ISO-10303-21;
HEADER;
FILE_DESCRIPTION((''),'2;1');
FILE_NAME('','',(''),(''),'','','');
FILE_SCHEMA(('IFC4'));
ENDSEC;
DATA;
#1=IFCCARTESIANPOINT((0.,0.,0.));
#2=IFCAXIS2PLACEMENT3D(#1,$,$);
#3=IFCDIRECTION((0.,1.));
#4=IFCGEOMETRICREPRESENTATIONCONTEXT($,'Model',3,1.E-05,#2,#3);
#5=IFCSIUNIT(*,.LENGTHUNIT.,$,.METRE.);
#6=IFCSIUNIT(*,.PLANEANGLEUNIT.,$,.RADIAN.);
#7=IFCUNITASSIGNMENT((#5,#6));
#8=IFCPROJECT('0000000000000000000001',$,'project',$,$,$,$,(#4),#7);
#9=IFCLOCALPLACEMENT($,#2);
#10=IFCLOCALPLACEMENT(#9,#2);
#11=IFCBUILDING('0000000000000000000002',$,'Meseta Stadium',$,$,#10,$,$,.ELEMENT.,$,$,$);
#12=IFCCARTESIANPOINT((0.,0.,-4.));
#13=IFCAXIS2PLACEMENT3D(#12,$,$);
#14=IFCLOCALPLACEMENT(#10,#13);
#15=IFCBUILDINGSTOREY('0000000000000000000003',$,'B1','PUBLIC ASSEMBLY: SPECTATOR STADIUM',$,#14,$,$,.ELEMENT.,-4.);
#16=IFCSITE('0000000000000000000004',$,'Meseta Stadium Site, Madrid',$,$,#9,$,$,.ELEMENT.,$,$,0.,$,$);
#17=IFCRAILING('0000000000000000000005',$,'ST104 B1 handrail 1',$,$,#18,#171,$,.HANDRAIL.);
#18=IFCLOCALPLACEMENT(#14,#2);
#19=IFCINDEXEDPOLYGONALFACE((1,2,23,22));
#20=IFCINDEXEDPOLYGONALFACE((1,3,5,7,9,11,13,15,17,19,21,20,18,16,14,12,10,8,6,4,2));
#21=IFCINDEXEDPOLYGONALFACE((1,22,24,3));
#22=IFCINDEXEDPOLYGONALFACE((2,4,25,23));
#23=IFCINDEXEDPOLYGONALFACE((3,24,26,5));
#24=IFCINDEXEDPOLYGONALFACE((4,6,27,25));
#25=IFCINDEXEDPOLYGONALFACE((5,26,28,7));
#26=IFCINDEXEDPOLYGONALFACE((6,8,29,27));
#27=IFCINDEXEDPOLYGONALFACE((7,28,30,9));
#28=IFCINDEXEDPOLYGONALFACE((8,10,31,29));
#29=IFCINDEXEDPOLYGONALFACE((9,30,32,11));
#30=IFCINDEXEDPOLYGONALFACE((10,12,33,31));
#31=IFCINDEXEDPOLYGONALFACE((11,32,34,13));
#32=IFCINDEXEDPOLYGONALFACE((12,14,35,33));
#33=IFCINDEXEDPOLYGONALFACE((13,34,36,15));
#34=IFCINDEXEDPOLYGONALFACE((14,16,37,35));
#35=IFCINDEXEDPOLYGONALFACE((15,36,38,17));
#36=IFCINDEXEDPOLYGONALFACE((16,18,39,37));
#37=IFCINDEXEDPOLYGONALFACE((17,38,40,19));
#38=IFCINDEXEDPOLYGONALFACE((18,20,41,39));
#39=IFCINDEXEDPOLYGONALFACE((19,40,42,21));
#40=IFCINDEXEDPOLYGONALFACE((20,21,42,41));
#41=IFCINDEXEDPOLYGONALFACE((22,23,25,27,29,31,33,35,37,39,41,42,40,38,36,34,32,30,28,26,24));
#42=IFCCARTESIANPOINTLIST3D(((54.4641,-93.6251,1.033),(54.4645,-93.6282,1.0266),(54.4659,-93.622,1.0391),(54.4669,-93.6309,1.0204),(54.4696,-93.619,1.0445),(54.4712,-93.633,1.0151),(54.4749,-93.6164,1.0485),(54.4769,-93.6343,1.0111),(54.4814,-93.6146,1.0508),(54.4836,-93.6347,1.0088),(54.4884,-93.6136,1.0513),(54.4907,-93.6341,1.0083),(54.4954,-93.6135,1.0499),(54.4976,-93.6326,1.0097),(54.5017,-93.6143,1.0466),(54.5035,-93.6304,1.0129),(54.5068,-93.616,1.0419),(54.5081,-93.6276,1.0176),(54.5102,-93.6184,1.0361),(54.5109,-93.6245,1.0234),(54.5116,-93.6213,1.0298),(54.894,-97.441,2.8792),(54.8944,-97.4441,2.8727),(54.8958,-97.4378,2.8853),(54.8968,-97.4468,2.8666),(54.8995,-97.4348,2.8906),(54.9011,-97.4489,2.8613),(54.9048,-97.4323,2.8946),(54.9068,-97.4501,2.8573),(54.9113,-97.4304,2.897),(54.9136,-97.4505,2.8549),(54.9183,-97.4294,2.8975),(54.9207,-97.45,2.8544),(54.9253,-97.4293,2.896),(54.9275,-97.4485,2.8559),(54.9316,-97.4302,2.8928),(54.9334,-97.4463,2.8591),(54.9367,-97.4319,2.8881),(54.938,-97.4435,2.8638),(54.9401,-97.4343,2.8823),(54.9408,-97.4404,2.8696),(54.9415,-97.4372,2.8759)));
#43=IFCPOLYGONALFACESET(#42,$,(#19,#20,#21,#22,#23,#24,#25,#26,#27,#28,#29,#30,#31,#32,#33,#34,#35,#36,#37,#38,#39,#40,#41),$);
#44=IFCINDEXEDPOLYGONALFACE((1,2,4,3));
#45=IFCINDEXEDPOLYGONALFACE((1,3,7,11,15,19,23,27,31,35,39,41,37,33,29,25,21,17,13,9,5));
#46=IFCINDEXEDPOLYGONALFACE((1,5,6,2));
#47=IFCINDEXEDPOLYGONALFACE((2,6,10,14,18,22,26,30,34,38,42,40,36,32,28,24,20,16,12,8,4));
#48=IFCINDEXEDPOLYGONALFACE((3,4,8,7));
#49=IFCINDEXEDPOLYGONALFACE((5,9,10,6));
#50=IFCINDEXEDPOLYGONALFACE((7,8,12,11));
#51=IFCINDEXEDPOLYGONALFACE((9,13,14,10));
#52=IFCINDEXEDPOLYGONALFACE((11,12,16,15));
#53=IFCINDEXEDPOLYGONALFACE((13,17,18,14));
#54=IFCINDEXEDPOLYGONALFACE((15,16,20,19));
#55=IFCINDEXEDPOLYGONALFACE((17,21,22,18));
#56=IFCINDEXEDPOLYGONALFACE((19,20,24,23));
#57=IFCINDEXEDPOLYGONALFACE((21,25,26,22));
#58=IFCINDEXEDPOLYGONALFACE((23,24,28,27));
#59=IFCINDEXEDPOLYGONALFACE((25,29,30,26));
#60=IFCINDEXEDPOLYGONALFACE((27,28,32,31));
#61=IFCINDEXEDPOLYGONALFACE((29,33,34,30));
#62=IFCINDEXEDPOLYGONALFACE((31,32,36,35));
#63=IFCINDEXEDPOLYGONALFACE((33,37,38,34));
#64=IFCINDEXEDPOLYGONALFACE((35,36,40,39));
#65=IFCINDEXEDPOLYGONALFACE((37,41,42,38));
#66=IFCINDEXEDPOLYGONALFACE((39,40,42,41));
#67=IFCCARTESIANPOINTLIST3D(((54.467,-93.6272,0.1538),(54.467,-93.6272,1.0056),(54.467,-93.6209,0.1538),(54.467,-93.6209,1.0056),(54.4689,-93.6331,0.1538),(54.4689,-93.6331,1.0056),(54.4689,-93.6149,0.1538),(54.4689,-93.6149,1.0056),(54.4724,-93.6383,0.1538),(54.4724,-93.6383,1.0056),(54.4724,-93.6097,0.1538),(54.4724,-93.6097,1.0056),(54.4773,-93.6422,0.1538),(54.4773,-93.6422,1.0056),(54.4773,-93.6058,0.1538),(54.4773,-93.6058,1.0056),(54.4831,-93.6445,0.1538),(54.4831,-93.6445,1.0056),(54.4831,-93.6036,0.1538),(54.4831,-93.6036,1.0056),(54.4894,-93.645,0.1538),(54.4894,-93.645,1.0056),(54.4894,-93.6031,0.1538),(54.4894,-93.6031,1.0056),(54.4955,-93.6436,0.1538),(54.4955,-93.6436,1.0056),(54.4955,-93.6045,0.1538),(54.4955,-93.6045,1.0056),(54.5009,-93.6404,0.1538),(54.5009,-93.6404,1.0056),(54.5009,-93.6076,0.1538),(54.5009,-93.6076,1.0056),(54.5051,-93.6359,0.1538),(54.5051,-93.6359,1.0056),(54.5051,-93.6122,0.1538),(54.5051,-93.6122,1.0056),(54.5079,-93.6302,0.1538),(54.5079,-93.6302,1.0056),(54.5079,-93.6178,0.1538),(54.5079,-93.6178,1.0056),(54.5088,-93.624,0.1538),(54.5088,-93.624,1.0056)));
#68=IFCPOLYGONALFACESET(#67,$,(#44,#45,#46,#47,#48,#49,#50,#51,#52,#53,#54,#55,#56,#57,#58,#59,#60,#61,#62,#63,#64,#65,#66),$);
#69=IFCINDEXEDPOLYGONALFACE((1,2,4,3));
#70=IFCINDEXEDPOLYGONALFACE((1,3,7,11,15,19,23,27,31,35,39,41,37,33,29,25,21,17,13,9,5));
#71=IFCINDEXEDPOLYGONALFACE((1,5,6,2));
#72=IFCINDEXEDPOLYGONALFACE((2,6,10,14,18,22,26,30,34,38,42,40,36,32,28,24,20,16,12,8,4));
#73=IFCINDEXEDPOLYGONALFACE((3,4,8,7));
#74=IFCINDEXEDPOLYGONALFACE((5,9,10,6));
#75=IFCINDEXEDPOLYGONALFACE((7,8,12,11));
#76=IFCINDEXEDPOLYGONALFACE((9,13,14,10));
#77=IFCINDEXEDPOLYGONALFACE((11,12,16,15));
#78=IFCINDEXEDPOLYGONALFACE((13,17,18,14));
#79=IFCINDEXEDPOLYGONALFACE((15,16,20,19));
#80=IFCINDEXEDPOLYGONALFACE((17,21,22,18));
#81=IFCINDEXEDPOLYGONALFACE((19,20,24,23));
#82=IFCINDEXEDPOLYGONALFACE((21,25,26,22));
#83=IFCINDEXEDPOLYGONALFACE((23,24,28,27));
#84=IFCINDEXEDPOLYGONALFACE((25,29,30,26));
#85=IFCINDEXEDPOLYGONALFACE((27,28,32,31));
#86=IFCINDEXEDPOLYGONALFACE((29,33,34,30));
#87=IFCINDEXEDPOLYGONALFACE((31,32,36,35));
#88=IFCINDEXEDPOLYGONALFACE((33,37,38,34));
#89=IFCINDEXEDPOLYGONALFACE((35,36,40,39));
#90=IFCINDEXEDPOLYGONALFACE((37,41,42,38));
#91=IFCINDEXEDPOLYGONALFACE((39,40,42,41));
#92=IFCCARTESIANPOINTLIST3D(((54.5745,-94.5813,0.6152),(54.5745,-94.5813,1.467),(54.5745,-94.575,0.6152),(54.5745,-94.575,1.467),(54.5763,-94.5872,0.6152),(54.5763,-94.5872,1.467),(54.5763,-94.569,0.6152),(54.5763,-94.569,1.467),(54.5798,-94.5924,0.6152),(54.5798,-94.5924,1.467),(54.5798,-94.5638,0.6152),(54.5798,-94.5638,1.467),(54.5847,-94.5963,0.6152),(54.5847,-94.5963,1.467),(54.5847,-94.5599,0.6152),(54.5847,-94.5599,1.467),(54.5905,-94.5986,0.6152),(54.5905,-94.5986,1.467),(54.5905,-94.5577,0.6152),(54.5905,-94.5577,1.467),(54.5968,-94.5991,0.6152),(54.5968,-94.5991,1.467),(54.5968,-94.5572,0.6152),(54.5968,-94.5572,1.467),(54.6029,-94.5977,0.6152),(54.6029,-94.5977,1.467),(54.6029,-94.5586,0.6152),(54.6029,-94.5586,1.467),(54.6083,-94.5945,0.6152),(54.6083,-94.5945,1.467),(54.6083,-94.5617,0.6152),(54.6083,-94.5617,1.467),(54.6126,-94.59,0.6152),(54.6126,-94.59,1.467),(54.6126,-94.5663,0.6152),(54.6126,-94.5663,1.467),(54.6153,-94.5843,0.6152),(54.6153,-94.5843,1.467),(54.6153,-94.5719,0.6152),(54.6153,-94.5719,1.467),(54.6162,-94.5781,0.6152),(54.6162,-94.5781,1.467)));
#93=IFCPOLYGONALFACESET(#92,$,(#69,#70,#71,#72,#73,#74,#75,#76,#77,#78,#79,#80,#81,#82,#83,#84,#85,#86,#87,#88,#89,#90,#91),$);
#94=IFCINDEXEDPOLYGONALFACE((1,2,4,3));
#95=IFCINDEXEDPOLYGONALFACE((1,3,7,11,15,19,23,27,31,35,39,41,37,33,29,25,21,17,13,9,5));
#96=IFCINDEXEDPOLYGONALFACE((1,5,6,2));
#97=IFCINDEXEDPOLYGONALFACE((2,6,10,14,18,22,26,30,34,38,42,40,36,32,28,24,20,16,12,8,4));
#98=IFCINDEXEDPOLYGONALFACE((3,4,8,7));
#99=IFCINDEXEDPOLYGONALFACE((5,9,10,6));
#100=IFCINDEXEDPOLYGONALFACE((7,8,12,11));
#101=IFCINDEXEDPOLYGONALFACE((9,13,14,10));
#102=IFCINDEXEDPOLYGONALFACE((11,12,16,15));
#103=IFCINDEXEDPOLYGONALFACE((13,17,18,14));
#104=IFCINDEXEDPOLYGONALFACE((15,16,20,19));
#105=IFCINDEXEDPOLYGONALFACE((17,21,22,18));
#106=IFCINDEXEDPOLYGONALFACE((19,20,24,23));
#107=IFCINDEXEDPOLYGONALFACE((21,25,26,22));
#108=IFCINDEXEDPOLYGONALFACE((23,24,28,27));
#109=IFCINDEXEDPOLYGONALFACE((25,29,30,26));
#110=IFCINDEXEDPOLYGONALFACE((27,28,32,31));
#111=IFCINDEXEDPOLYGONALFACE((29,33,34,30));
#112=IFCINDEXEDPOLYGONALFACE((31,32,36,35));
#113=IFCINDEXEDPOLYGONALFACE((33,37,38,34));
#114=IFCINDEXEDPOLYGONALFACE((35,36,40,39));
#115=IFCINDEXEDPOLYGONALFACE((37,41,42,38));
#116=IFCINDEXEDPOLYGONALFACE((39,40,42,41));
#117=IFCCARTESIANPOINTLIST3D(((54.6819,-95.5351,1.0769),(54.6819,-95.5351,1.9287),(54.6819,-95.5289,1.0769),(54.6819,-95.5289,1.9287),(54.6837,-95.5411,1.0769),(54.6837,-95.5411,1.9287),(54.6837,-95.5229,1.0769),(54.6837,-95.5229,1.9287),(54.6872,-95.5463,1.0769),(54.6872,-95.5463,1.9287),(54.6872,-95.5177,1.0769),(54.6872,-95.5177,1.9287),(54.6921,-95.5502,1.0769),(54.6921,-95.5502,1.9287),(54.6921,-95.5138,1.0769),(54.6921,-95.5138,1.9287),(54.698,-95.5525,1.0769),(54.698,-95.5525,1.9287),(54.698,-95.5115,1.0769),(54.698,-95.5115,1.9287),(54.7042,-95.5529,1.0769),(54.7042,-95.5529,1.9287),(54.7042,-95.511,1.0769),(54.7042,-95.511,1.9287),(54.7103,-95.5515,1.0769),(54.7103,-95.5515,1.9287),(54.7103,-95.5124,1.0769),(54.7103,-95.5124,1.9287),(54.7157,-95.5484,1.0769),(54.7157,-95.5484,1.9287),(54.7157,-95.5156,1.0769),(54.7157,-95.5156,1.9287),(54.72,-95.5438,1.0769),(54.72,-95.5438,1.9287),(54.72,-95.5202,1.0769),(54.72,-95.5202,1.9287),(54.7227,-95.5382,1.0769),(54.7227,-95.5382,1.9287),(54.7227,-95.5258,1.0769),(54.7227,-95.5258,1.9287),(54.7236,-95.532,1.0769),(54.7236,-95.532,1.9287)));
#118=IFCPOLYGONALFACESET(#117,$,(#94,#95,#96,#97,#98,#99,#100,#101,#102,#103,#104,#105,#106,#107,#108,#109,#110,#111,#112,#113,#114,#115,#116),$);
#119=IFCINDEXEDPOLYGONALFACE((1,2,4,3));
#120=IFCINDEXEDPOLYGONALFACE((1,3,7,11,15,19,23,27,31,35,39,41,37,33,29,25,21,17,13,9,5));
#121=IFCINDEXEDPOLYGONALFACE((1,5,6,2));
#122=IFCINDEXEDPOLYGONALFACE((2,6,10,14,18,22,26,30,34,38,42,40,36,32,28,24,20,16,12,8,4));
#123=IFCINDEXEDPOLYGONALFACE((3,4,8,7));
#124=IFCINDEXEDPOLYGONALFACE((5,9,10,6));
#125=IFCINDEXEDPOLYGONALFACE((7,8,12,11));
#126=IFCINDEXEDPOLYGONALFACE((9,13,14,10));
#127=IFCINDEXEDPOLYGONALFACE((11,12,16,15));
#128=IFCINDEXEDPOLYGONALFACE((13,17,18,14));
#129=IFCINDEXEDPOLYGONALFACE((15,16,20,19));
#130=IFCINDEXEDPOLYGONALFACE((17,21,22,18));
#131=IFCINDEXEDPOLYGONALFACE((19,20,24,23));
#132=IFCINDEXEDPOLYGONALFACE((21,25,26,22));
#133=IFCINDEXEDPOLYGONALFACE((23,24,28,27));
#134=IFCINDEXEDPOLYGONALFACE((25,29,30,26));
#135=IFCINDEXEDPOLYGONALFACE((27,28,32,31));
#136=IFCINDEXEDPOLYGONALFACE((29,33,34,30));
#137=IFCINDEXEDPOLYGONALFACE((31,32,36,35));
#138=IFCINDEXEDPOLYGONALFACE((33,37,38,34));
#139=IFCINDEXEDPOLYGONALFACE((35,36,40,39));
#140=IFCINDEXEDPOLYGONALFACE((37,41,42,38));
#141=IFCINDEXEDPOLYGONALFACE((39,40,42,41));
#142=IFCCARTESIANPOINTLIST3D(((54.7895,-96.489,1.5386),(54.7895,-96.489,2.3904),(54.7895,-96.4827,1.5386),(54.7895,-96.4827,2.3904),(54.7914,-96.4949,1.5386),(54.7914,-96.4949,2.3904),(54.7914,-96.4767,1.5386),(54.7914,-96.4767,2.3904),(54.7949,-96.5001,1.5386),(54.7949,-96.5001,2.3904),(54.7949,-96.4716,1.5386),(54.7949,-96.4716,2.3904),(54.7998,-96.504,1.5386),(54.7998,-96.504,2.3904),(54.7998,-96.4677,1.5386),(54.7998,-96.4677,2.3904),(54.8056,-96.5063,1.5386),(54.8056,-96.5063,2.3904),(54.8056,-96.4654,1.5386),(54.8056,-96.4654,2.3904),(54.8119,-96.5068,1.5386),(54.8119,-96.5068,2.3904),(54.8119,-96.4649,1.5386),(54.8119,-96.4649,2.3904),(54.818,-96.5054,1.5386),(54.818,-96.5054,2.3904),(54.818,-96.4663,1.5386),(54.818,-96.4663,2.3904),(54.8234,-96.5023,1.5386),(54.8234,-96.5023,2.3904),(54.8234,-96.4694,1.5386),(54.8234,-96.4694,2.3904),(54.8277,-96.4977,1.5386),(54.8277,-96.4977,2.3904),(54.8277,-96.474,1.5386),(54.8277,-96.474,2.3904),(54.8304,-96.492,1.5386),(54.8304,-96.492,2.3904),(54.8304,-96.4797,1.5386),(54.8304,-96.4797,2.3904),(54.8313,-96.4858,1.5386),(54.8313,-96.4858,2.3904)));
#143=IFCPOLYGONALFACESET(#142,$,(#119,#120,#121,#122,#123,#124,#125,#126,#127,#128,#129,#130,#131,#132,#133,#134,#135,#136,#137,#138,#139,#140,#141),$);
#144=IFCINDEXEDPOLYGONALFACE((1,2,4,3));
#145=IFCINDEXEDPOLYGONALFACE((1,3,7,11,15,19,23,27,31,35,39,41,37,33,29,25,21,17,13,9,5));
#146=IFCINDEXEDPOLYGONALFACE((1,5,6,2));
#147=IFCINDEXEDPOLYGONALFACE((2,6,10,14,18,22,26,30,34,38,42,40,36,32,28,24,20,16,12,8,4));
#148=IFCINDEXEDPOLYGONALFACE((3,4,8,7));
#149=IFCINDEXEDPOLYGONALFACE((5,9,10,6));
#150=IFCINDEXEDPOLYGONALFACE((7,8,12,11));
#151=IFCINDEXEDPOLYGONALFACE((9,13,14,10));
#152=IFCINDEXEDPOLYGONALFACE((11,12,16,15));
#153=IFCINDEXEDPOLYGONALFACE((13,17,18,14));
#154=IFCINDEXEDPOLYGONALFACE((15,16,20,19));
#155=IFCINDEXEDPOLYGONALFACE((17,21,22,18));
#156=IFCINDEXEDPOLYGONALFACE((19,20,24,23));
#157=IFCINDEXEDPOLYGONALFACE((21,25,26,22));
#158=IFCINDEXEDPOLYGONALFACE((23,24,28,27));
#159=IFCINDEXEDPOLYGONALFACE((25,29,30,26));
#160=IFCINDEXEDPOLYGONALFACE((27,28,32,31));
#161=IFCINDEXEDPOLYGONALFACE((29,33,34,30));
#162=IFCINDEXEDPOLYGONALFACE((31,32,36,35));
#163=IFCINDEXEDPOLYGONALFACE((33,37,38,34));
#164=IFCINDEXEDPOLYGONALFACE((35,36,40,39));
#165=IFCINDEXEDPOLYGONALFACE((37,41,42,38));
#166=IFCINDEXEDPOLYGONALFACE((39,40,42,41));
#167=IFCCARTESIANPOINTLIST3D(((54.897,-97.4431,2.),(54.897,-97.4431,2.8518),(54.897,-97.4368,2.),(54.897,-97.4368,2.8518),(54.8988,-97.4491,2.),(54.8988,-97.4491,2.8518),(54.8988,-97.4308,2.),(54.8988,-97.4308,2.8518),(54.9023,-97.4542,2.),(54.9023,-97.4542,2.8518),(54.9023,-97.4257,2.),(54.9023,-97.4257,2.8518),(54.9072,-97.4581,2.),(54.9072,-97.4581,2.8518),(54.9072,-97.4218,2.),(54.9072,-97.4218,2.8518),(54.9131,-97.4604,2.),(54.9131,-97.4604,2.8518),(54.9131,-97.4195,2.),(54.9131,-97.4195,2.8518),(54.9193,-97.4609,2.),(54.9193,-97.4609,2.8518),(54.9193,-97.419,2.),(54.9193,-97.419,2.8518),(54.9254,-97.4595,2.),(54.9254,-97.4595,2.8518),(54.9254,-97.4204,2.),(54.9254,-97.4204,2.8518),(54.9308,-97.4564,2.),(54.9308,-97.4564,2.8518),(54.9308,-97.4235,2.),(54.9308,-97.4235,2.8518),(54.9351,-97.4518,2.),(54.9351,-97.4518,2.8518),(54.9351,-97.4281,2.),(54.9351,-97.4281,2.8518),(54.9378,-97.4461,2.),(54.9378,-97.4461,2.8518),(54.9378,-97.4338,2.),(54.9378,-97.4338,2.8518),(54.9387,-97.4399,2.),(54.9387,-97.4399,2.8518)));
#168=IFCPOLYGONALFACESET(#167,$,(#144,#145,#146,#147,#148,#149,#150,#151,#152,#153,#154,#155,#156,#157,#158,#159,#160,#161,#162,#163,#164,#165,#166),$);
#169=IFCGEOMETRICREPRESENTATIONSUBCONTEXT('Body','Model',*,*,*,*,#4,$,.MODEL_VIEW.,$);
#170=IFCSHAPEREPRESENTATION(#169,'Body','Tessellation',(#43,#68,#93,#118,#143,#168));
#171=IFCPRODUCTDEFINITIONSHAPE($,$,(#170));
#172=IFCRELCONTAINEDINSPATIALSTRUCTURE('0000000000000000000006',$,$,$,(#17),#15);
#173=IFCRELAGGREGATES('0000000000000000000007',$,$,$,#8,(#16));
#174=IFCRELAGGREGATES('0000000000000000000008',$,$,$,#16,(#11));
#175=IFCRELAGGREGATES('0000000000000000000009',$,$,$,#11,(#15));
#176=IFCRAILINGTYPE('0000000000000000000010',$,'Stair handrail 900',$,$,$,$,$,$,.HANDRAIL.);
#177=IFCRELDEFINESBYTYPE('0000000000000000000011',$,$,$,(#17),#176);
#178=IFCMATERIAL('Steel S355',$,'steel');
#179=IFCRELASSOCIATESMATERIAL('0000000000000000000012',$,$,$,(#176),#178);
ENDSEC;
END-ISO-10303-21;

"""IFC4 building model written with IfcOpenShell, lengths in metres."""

from ifc_helpers import new_model, si_unit, direction, frame, origin, origin_2d, place, context, subcontext, project, spatial, circle, extrude, material, type_object, element, save


model = new_model("IFC4")

# Units and contexts
model_context = context("Model", 3, precision=1e-05, world=origin(), true_north=direction((0.0, 1.0)))
body_context = subcontext(model_context, "Body", "Model", "MODEL_VIEW")
ifc_project = project(units=[si_unit("LENGTHUNIT", "METRE"), si_unit("PLANEANGLEUNIT", "RADIAN")], contexts=[model_context])

# Site, building, storey
site_placement = place(None, origin())
site = spatial("IfcSite", under=ifc_project, at=site_placement, Name="Meseta Stadium Site, Madrid", CompositionType="ELEMENT", RefElevation=0.0)
building_placement = place(site_placement, origin())
building = spatial("IfcBuilding", under=site, at=building_placement, Name="Meseta Stadium", CompositionType="ELEMENT")
storey_placement = place(building_placement, frame((0.0, 0.0, -4.0)))
storey = spatial("IfcBuildingStorey", under=building, at=storey_placement, Name="B1", Description="PUBLIC ASSEMBLY: SPECTATOR STADIUM", CompositionType="ELEMENT", Elevation=-4.0)

# Railing
ifc_material_1 = material(Name="Steel S355", Category="steel")
railing_type_1 = type_object("IfcRailingType", Name="Stair handrail 900", PredefinedType="HANDRAIL", material=ifc_material_1)
railing_1_placement = place(storey_placement, frame((54.4878, -93.624, 0.1538)))
element("IfcRailing", 1, at=railing_1_placement, inside=storey, type_object=railing_type_1, Name="ST104 B1 handrail 1", PredefinedType="HANDRAIL", context=body_context, shape_type="SweptSolid", body=[
    extrude(circle(Radius=0.0239, at=origin_2d()), frame((0.0, 0.0, 0.876), z_axis=(0.100904, -0.895585, 0.433296), x_axis=(0.993713, 0.11196, 0.0)), (0.0, 0.0, 1.0), 4.2607),
    extrude(circle(Radius=0.021, at=origin_2d()), origin(), (0.0, 0.0, 1.0), 0.8518),
    extrude(circle(Radius=0.021, at=origin_2d()), frame((0.1074, -0.9541, 0.4614)), (0.0, 0.0, 1.0), 0.8518),
    extrude(circle(Radius=0.021, at=origin_2d()), frame((0.2148, -1.908, 0.9231)), (0.0, 0.0, 1.0), 0.8518),
    extrude(circle(Radius=0.021, at=origin_2d()), frame((0.3225, -2.8618, 1.3848)), (0.0, 0.0, 1.0), 0.8518),
    extrude(circle(Radius=0.021, at=origin_2d()), frame((0.4299, -3.8159, 1.8462)), (0.0, 0.0, 1.0), 0.8518),
])

save(model, "model.ifc")
